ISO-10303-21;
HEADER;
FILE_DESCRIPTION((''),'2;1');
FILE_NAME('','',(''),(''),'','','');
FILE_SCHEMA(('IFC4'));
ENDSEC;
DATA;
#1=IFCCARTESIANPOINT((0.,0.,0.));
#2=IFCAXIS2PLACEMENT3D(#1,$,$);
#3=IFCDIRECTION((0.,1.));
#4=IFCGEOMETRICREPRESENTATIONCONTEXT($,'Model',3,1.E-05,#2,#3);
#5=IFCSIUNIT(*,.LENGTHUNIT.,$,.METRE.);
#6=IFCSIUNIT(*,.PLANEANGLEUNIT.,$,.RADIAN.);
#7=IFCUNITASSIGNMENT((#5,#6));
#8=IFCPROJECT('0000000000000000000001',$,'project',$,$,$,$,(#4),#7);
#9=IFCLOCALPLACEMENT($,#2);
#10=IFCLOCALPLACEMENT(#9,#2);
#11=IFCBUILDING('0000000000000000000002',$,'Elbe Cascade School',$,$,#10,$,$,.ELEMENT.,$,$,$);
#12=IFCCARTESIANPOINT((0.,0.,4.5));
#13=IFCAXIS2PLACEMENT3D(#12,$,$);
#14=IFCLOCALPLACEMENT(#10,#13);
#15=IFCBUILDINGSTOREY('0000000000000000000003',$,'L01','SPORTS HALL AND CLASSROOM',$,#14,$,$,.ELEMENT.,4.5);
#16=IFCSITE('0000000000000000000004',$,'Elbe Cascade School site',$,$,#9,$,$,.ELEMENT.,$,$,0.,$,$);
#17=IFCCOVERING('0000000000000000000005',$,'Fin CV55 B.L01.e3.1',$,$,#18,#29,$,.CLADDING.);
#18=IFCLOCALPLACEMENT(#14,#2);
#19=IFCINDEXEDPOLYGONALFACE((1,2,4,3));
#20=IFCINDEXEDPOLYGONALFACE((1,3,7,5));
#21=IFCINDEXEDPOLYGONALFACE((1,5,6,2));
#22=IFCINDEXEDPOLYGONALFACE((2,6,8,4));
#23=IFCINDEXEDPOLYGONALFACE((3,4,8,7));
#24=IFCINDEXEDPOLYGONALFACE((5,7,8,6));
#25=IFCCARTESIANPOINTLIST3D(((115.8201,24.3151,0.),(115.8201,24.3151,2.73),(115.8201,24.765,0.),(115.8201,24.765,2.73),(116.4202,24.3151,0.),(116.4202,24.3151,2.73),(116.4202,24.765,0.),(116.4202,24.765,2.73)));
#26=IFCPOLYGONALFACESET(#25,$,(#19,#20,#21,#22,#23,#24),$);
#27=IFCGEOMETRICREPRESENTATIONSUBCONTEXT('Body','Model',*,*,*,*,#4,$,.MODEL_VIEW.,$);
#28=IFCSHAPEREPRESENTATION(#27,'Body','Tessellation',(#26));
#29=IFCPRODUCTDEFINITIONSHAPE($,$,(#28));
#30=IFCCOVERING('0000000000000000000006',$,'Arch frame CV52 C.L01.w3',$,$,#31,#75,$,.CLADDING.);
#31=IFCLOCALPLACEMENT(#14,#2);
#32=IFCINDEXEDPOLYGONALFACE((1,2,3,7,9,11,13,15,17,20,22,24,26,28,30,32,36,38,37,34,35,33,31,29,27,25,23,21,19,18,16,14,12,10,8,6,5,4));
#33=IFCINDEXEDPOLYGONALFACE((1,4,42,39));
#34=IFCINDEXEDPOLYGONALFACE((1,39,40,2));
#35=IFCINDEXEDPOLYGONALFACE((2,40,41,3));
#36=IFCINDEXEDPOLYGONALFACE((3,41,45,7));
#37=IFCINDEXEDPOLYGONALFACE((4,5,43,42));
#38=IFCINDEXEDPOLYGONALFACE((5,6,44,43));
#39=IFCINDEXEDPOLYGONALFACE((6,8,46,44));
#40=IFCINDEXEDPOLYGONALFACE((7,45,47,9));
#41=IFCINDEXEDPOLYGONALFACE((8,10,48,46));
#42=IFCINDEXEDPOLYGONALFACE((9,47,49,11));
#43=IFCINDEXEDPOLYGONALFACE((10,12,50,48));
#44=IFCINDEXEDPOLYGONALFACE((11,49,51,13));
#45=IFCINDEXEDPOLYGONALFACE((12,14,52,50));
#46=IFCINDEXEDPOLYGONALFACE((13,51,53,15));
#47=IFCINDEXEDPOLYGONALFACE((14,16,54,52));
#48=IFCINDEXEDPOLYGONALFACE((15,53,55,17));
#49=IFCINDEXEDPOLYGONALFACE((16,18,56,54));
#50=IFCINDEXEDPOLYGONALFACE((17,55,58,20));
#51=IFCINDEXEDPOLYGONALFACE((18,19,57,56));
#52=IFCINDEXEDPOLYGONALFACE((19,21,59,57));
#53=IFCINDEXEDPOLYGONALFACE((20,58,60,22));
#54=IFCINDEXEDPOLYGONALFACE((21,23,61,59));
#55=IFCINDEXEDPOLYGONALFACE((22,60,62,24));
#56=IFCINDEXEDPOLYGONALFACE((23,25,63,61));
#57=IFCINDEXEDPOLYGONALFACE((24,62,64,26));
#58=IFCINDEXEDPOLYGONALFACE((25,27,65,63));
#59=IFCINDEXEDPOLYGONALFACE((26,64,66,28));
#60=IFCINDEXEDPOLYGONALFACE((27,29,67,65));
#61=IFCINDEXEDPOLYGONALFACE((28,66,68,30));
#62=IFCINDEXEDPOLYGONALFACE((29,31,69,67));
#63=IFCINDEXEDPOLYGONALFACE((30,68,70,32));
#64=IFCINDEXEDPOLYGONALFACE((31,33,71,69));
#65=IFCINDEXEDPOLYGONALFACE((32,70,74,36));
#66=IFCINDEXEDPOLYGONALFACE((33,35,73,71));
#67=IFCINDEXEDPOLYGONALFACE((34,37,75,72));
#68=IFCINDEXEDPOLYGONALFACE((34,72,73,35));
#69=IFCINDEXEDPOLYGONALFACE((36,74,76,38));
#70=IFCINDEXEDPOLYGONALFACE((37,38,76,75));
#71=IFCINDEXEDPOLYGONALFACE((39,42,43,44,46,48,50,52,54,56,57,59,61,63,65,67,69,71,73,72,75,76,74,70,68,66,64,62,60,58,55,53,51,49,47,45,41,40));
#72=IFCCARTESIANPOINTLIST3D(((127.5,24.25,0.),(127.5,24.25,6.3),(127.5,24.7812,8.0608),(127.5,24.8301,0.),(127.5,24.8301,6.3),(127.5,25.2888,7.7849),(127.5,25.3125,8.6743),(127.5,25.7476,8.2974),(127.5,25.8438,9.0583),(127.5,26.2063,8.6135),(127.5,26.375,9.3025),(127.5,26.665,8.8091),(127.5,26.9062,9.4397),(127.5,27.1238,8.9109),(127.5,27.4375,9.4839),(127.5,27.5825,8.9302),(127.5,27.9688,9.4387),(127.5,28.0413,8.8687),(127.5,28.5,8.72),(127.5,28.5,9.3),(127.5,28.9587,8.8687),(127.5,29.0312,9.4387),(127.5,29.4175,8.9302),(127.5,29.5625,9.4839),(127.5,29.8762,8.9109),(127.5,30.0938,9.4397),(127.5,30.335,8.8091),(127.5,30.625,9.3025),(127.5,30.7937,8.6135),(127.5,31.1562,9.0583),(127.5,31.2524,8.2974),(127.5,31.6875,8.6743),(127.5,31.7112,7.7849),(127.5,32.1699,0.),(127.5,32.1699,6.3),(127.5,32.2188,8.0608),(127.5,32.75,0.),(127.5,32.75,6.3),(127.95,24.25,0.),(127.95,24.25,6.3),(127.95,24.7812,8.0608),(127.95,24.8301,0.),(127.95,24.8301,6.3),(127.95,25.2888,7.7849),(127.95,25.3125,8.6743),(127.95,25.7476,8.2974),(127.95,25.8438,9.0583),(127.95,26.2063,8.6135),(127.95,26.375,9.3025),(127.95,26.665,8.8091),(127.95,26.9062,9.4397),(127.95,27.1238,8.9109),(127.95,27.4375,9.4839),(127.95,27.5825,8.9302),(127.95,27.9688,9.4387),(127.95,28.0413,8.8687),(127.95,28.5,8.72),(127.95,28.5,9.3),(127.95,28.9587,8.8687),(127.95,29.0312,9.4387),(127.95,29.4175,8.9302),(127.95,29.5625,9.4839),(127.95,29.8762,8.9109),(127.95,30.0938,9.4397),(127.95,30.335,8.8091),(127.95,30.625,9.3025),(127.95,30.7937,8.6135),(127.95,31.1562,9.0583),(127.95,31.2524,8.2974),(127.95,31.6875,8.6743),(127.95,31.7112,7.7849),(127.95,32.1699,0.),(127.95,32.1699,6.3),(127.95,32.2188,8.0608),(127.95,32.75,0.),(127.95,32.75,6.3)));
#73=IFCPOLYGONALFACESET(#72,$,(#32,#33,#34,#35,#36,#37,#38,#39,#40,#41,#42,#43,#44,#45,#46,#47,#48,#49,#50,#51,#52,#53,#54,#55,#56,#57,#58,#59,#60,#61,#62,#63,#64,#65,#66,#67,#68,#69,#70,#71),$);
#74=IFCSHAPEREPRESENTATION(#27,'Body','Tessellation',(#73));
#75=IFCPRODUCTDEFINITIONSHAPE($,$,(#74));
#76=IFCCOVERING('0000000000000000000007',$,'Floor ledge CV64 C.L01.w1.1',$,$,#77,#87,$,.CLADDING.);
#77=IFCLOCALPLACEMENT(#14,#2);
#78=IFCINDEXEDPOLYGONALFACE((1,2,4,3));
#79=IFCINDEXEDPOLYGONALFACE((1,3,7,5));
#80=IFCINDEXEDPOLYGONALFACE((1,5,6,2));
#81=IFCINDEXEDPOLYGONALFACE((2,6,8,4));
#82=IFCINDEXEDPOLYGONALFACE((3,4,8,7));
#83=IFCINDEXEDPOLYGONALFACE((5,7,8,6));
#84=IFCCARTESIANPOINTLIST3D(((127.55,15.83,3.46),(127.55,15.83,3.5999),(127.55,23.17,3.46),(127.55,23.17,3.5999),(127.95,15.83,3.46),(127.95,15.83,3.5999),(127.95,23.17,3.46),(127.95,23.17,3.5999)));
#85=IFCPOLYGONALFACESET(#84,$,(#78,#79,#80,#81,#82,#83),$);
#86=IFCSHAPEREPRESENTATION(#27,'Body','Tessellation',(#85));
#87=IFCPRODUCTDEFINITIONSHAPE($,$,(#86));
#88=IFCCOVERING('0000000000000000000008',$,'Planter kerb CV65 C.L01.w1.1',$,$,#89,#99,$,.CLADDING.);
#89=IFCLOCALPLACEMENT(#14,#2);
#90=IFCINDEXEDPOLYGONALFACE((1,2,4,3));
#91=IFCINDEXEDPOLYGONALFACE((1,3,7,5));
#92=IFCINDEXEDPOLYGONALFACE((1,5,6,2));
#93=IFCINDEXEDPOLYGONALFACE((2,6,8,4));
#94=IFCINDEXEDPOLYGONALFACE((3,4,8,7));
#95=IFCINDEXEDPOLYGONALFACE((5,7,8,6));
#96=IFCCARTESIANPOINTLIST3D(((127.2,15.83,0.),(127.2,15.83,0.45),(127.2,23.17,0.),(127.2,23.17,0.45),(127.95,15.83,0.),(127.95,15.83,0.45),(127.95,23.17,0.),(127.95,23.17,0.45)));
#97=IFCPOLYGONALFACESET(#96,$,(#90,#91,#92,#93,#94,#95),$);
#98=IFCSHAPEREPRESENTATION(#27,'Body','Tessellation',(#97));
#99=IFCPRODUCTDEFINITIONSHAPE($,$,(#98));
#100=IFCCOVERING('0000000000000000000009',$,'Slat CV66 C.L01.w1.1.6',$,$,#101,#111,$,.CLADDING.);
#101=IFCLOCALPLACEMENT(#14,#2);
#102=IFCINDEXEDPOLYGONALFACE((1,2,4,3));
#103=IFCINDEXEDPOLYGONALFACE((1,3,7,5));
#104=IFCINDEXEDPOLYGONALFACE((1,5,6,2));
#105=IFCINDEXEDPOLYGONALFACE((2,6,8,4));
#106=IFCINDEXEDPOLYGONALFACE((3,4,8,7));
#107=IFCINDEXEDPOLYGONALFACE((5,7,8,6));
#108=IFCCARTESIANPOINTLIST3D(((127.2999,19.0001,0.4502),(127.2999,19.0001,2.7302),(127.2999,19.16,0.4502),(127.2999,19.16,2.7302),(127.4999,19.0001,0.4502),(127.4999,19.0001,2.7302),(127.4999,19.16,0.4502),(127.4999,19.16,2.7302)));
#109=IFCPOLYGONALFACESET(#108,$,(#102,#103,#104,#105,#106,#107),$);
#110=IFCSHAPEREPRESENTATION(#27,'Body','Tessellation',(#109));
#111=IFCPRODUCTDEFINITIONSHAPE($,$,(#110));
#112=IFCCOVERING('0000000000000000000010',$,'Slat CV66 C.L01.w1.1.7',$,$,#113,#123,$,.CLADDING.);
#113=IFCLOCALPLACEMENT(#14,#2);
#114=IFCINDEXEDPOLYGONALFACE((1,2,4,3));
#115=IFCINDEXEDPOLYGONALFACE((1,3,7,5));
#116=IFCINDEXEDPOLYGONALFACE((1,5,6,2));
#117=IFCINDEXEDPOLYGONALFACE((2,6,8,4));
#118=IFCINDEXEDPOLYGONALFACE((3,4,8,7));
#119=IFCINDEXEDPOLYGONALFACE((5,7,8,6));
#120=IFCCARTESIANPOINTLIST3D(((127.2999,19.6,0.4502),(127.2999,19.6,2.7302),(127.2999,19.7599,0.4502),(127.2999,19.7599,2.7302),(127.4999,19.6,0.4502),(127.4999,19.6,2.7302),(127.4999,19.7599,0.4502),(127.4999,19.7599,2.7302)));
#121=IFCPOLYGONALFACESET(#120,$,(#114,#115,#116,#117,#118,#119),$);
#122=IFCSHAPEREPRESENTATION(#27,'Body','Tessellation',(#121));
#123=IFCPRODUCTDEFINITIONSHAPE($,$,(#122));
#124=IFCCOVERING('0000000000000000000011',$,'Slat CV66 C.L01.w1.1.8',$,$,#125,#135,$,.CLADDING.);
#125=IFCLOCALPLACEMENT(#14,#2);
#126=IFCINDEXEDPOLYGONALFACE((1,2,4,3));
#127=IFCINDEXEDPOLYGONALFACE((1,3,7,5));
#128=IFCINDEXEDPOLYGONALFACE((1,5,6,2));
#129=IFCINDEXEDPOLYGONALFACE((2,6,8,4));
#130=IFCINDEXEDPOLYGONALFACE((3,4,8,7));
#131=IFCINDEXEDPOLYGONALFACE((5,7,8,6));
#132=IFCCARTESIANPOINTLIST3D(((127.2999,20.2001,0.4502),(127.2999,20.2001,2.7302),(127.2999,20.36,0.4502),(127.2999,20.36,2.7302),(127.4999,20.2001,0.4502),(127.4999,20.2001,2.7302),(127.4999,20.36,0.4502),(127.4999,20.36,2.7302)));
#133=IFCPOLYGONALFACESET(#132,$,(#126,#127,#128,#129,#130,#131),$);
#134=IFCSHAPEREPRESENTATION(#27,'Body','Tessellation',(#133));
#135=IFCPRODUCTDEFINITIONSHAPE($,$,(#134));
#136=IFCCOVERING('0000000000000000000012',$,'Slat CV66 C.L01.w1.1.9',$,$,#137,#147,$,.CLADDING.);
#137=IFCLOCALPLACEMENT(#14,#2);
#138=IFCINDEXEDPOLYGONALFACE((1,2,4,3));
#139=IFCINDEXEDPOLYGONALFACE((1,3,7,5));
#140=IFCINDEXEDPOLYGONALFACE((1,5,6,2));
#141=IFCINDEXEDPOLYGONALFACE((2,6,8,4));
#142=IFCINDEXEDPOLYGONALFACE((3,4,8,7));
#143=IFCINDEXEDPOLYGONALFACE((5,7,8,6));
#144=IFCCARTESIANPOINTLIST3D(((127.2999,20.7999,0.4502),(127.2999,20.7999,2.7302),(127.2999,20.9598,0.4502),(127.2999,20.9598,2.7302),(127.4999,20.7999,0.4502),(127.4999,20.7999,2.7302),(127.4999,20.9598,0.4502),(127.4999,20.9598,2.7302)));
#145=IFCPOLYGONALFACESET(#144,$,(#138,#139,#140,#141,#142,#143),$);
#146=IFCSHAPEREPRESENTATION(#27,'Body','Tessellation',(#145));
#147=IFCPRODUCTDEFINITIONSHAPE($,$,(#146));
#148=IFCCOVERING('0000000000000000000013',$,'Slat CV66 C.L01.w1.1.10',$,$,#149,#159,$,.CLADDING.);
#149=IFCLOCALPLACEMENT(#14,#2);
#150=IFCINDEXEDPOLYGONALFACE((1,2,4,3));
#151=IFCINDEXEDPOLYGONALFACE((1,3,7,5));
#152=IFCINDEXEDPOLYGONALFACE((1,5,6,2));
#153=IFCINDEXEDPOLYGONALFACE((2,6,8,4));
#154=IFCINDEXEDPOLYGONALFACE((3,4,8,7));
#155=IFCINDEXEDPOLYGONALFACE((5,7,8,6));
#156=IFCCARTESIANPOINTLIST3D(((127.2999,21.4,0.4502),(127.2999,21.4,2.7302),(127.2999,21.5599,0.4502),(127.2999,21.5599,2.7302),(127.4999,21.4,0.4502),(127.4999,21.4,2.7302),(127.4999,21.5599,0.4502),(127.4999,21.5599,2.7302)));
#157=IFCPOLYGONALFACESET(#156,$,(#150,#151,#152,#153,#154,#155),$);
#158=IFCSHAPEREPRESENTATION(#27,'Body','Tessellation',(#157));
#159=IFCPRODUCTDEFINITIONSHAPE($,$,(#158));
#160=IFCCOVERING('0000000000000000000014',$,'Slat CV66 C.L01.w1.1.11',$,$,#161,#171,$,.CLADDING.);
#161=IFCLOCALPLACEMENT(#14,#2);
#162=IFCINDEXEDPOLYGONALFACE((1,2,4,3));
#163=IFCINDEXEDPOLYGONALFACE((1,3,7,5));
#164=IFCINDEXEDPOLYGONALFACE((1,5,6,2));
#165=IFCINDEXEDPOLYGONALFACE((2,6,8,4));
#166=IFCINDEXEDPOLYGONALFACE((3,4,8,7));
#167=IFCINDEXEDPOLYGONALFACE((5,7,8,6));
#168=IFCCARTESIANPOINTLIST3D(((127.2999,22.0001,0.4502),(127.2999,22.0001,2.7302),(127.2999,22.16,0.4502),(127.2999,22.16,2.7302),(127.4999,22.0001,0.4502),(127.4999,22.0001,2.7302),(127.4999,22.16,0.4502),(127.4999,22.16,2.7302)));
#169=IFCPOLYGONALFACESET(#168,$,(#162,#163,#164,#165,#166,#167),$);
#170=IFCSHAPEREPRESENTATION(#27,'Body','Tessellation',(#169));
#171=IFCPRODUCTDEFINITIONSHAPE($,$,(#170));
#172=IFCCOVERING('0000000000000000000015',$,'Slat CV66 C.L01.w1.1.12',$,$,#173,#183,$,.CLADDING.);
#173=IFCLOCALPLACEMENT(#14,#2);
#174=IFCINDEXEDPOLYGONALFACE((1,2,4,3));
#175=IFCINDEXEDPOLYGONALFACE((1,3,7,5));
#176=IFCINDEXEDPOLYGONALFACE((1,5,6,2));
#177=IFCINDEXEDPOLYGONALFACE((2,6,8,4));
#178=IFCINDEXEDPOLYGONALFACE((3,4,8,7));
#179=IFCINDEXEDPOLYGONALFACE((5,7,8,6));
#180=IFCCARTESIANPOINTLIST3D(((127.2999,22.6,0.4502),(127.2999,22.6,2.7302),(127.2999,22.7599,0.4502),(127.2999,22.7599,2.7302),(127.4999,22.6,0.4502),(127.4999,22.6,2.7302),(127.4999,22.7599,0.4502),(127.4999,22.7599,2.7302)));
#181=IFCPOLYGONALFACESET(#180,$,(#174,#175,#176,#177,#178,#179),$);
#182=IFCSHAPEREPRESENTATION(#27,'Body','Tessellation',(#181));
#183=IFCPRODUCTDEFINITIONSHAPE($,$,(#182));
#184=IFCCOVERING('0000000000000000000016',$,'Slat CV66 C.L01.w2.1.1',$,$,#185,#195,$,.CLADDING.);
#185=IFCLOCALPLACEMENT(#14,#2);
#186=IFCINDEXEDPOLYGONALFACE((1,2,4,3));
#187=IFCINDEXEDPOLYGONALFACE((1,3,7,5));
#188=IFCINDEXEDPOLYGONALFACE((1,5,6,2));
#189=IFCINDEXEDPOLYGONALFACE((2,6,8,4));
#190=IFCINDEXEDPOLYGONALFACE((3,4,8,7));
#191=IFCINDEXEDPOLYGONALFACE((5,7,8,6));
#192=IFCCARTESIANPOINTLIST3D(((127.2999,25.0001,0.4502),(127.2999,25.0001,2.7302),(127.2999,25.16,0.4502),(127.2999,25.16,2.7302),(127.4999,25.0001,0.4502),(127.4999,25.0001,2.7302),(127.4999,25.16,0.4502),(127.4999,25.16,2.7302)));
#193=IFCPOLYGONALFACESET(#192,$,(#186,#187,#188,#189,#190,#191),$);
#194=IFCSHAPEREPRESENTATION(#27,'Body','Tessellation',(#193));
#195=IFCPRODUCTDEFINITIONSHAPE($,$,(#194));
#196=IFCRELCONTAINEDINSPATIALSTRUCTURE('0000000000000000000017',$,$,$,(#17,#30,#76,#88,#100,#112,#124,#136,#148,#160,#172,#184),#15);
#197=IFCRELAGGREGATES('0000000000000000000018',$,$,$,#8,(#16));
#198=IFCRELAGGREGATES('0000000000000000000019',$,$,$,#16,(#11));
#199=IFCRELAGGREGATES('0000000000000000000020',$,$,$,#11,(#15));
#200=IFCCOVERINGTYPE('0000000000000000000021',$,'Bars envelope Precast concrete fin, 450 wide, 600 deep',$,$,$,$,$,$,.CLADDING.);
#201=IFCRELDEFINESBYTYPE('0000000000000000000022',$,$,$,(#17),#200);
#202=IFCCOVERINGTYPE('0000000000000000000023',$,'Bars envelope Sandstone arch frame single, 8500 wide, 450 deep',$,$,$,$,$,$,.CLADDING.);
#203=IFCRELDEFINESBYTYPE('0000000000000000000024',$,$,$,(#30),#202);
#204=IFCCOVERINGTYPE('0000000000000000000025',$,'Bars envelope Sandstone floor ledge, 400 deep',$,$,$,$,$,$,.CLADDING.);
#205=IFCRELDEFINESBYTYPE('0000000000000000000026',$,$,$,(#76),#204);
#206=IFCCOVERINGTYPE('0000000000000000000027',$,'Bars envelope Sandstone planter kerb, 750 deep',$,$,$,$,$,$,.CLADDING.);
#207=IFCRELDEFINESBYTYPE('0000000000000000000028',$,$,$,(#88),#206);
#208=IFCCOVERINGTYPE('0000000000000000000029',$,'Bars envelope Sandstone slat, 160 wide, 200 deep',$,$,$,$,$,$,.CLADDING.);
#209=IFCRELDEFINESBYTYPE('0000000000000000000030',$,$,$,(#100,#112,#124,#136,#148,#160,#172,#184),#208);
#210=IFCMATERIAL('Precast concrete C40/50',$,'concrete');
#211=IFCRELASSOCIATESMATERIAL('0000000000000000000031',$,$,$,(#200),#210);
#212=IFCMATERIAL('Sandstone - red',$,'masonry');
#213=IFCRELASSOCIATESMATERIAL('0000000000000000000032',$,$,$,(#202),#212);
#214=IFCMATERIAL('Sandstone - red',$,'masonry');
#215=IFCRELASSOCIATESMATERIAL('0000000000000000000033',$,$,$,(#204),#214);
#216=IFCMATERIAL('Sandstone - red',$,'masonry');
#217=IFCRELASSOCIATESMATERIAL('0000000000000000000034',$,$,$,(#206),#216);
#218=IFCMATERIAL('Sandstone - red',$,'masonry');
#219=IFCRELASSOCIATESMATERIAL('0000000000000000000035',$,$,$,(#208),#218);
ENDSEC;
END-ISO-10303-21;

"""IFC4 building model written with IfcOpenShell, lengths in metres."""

from ifc_helpers import new_model, si_unit, direction, frame, origin, origin_2d, place, context, subcontext, project, spatial, polyline, rectangle, outline, extrude, material, type_object, element, save


model = new_model("IFC4")

# Units and contexts
model_context = context("Model", 3, precision=1e-05, world=origin(), true_north=direction((0.0, 1.0)))
body_context = subcontext(model_context, "Body", "Model", "MODEL_VIEW")
ifc_project = project(units=[si_unit("LENGTHUNIT", "METRE"), si_unit("PLANEANGLEUNIT", "RADIAN")], contexts=[model_context])

# Site, building, storey
site_placement = place(None, origin())
site = spatial("IfcSite", under=ifc_project, at=site_placement, Name="Elbe Cascade School site", CompositionType="ELEMENT", RefElevation=0.0)
building_placement = place(site_placement, origin())
building = spatial("IfcBuilding", under=site, at=building_placement, Name="Elbe Cascade School", CompositionType="ELEMENT")
storey_placement = place(building_placement, frame((0.0, 0.0, 4.5)))
storey = spatial("IfcBuildingStorey", under=building, at=storey_placement, Name="L01", Description="SPORTS HALL AND CLASSROOM", CompositionType="ELEMENT", Elevation=4.5)

# Coverings
ifc_material_1 = material(Name="Precast concrete C40/50", Category="concrete")
covering_type_1 = type_object("IfcCoveringType", Name="Bars envelope Precast concrete fin, 450 wide, 600 deep", PredefinedType="CLADDING", material=ifc_material_1)
for number, where, z_axis, x_axis, name in (
    (1, (116.1201, 24.54, 0.0), (0.0, 0.0, 1.0), (0.0, 1.0, 0.0), "Fin CV55 B.L01.e3.1"),
):
    element("IfcCovering", number, at=place(storey_placement, frame(where, z_axis=z_axis, x_axis=x_axis)), inside=storey, type_object=covering_type_1, Name=name, PredefinedType="CLADDING", context=body_context, shape_type="SweptSolid", body=[
        extrude(rectangle(XDim=0.45, YDim=0.6001, at=origin_2d()), origin(), (0.0, 0.0, 1.0), 2.73),
    ])
ifc_material_2 = material(Name="Sandstone - red", Category="masonry")
covering_type_2 = type_object("IfcCoveringType", Name="Bars envelope Sandstone arch frame single, 8500 wide, 450 deep", PredefinedType="CLADDING", material=ifc_material_2)
covering_1_placement = place(storey_placement, frame((127.5, 24.25, 0.0), z_axis=(-1.0, 0.0, 0.0), x_axis=(0.0, 0.0, 1.0)))
element("IfcCovering", 2, at=covering_1_placement, inside=storey, type_object=covering_type_2, Name="Arch frame CV52 C.L01.w3", PredefinedType="CLADDING", context=body_context, shape_type="SweptSolid", body=[
    extrude(outline(polyline([(0.0, 0.0), (6.3, 0.0), (8.0608, 0.5312), (8.6743, 1.0625), (9.0583, 1.5938), (9.3025, 2.125), (9.4397, 2.6562), (9.4839, 3.1875), (9.4387, 3.7188), (9.3, 4.25), (9.4387, 4.7812), (9.4839, 5.3125), (9.4397, 5.8438), (9.3025, 6.375), (9.0583, 6.9062), (8.6743, 7.4375), (8.0608, 7.9688), (6.3, 8.5), (0.0, 8.5), (0.0, 7.9199), (6.3, 7.9199), (7.7849, 7.4612), (8.2974, 7.0024), (8.6135, 6.5437), (8.8091, 6.085), (8.9109, 5.6262), (8.9302, 5.1675), (8.8687, 4.7087), (8.72, 4.25), (8.8687, 3.7913), (8.9302, 3.3325), (8.9109, 2.8738), (8.8091, 2.415), (8.6135, 1.9563), (8.2974, 1.4976), (7.7849, 1.0388), (6.3, 0.5801), (0.0, 0.5801), (0.0, 0.0)])), origin(), (0.0, 0.0, -1.0), 0.45),
])
ifc_material_3 = material(Name="Sandstone - red", Category="masonry")
covering_type_3 = type_object("IfcCoveringType", Name="Bars envelope Sandstone floor ledge, 400 deep", PredefinedType="CLADDING", material=ifc_material_3)
covering_2_placement = place(storey_placement, frame((127.75, 19.5, 3.46), z_axis=(0.0, 0.0, 1.0), x_axis=(0.0, 1.0, 0.0)))
element("IfcCovering", 3, at=covering_2_placement, inside=storey, type_object=covering_type_3, Name="Floor ledge CV64 C.L01.w1.1", PredefinedType="CLADDING", context=body_context, shape_type="SweptSolid", body=[
    extrude(rectangle(XDim=7.3401, YDim=0.3999, at=origin_2d()), origin(), (0.0, 0.0, 1.0), 0.1399),
])
ifc_material_4 = material(Name="Sandstone - red", Category="masonry")
covering_type_4 = type_object("IfcCoveringType", Name="Bars envelope Sandstone planter kerb, 750 deep", PredefinedType="CLADDING", material=ifc_material_4)
covering_3_placement = place(storey_placement, frame((127.575, 19.5, 0.0), z_axis=(0.0, 0.0, 1.0), x_axis=(0.0, 1.0, 0.0)))
element("IfcCovering", 4, at=covering_3_placement, inside=storey, type_object=covering_type_4, Name="Planter kerb CV65 C.L01.w1.1", PredefinedType="CLADDING", context=body_context, shape_type="SweptSolid", body=[
    extrude(rectangle(XDim=7.3401, YDim=0.75, at=origin_2d()), origin(), (0.0, 0.0, 1.0), 0.45),
])
ifc_material_5 = material(Name="Sandstone - red", Category="masonry")
covering_type_5 = type_object("IfcCoveringType", Name="Bars envelope Sandstone slat, 160 wide, 200 deep", PredefinedType="CLADDING", material=ifc_material_5)
for number, where, z_axis, x_axis, name in (
    (5, (127.3999, 19.0801, 0.4502), (0.0, 0.0, 1.0), (0.0, 1.0, 0.0), "Slat CV66 C.L01.w1.1.6"),
    (6, (127.3999, 19.6799, 0.4502), (0.0, 0.0, 1.0), (0.0, 1.0, 0.0), "Slat CV66 C.L01.w1.1.7"),
    (7, (127.3999, 20.28, 0.4502), (0.0, 0.0, 1.0), (0.0, 1.0, 0.0), "Slat CV66 C.L01.w1.1.8"),
    (8, (127.3999, 20.8799, 0.4502), (0.0, 0.0, 1.0), (0.0, 1.0, 0.0), "Slat CV66 C.L01.w1.1.9"),
    (9, (127.3999, 21.48, 0.4502), (0.0, 0.0, 1.0), (0.0, 1.0, 0.0), "Slat CV66 C.L01.w1.1.10"),
    (10, (127.3999, 22.0801, 0.4502), (0.0, 0.0, 1.0), (0.0, 1.0, 0.0), "Slat CV66 C.L01.w1.1.11"),
    (11, (127.3999, 22.6799, 0.4502), (0.0, 0.0, 1.0), (0.0, 1.0, 0.0), "Slat CV66 C.L01.w1.1.12"),
    (12, (127.3999, 25.0801, 0.4502), (0.0, 0.0, 1.0), (0.0, 1.0, 0.0), "Slat CV66 C.L01.w2.1.1"),
):
    element("IfcCovering", number, at=place(storey_placement, frame(where, z_axis=z_axis, x_axis=x_axis)), inside=storey, type_object=covering_type_5, Name=name, PredefinedType="CLADDING", context=body_context, shape_type="SweptSolid", body=[
        extrude(rectangle(XDim=0.1599, YDim=0.2, at=origin_2d()), origin(), (0.0, 0.0, 1.0), 2.28),
    ])

save(model, "model.ifc")
